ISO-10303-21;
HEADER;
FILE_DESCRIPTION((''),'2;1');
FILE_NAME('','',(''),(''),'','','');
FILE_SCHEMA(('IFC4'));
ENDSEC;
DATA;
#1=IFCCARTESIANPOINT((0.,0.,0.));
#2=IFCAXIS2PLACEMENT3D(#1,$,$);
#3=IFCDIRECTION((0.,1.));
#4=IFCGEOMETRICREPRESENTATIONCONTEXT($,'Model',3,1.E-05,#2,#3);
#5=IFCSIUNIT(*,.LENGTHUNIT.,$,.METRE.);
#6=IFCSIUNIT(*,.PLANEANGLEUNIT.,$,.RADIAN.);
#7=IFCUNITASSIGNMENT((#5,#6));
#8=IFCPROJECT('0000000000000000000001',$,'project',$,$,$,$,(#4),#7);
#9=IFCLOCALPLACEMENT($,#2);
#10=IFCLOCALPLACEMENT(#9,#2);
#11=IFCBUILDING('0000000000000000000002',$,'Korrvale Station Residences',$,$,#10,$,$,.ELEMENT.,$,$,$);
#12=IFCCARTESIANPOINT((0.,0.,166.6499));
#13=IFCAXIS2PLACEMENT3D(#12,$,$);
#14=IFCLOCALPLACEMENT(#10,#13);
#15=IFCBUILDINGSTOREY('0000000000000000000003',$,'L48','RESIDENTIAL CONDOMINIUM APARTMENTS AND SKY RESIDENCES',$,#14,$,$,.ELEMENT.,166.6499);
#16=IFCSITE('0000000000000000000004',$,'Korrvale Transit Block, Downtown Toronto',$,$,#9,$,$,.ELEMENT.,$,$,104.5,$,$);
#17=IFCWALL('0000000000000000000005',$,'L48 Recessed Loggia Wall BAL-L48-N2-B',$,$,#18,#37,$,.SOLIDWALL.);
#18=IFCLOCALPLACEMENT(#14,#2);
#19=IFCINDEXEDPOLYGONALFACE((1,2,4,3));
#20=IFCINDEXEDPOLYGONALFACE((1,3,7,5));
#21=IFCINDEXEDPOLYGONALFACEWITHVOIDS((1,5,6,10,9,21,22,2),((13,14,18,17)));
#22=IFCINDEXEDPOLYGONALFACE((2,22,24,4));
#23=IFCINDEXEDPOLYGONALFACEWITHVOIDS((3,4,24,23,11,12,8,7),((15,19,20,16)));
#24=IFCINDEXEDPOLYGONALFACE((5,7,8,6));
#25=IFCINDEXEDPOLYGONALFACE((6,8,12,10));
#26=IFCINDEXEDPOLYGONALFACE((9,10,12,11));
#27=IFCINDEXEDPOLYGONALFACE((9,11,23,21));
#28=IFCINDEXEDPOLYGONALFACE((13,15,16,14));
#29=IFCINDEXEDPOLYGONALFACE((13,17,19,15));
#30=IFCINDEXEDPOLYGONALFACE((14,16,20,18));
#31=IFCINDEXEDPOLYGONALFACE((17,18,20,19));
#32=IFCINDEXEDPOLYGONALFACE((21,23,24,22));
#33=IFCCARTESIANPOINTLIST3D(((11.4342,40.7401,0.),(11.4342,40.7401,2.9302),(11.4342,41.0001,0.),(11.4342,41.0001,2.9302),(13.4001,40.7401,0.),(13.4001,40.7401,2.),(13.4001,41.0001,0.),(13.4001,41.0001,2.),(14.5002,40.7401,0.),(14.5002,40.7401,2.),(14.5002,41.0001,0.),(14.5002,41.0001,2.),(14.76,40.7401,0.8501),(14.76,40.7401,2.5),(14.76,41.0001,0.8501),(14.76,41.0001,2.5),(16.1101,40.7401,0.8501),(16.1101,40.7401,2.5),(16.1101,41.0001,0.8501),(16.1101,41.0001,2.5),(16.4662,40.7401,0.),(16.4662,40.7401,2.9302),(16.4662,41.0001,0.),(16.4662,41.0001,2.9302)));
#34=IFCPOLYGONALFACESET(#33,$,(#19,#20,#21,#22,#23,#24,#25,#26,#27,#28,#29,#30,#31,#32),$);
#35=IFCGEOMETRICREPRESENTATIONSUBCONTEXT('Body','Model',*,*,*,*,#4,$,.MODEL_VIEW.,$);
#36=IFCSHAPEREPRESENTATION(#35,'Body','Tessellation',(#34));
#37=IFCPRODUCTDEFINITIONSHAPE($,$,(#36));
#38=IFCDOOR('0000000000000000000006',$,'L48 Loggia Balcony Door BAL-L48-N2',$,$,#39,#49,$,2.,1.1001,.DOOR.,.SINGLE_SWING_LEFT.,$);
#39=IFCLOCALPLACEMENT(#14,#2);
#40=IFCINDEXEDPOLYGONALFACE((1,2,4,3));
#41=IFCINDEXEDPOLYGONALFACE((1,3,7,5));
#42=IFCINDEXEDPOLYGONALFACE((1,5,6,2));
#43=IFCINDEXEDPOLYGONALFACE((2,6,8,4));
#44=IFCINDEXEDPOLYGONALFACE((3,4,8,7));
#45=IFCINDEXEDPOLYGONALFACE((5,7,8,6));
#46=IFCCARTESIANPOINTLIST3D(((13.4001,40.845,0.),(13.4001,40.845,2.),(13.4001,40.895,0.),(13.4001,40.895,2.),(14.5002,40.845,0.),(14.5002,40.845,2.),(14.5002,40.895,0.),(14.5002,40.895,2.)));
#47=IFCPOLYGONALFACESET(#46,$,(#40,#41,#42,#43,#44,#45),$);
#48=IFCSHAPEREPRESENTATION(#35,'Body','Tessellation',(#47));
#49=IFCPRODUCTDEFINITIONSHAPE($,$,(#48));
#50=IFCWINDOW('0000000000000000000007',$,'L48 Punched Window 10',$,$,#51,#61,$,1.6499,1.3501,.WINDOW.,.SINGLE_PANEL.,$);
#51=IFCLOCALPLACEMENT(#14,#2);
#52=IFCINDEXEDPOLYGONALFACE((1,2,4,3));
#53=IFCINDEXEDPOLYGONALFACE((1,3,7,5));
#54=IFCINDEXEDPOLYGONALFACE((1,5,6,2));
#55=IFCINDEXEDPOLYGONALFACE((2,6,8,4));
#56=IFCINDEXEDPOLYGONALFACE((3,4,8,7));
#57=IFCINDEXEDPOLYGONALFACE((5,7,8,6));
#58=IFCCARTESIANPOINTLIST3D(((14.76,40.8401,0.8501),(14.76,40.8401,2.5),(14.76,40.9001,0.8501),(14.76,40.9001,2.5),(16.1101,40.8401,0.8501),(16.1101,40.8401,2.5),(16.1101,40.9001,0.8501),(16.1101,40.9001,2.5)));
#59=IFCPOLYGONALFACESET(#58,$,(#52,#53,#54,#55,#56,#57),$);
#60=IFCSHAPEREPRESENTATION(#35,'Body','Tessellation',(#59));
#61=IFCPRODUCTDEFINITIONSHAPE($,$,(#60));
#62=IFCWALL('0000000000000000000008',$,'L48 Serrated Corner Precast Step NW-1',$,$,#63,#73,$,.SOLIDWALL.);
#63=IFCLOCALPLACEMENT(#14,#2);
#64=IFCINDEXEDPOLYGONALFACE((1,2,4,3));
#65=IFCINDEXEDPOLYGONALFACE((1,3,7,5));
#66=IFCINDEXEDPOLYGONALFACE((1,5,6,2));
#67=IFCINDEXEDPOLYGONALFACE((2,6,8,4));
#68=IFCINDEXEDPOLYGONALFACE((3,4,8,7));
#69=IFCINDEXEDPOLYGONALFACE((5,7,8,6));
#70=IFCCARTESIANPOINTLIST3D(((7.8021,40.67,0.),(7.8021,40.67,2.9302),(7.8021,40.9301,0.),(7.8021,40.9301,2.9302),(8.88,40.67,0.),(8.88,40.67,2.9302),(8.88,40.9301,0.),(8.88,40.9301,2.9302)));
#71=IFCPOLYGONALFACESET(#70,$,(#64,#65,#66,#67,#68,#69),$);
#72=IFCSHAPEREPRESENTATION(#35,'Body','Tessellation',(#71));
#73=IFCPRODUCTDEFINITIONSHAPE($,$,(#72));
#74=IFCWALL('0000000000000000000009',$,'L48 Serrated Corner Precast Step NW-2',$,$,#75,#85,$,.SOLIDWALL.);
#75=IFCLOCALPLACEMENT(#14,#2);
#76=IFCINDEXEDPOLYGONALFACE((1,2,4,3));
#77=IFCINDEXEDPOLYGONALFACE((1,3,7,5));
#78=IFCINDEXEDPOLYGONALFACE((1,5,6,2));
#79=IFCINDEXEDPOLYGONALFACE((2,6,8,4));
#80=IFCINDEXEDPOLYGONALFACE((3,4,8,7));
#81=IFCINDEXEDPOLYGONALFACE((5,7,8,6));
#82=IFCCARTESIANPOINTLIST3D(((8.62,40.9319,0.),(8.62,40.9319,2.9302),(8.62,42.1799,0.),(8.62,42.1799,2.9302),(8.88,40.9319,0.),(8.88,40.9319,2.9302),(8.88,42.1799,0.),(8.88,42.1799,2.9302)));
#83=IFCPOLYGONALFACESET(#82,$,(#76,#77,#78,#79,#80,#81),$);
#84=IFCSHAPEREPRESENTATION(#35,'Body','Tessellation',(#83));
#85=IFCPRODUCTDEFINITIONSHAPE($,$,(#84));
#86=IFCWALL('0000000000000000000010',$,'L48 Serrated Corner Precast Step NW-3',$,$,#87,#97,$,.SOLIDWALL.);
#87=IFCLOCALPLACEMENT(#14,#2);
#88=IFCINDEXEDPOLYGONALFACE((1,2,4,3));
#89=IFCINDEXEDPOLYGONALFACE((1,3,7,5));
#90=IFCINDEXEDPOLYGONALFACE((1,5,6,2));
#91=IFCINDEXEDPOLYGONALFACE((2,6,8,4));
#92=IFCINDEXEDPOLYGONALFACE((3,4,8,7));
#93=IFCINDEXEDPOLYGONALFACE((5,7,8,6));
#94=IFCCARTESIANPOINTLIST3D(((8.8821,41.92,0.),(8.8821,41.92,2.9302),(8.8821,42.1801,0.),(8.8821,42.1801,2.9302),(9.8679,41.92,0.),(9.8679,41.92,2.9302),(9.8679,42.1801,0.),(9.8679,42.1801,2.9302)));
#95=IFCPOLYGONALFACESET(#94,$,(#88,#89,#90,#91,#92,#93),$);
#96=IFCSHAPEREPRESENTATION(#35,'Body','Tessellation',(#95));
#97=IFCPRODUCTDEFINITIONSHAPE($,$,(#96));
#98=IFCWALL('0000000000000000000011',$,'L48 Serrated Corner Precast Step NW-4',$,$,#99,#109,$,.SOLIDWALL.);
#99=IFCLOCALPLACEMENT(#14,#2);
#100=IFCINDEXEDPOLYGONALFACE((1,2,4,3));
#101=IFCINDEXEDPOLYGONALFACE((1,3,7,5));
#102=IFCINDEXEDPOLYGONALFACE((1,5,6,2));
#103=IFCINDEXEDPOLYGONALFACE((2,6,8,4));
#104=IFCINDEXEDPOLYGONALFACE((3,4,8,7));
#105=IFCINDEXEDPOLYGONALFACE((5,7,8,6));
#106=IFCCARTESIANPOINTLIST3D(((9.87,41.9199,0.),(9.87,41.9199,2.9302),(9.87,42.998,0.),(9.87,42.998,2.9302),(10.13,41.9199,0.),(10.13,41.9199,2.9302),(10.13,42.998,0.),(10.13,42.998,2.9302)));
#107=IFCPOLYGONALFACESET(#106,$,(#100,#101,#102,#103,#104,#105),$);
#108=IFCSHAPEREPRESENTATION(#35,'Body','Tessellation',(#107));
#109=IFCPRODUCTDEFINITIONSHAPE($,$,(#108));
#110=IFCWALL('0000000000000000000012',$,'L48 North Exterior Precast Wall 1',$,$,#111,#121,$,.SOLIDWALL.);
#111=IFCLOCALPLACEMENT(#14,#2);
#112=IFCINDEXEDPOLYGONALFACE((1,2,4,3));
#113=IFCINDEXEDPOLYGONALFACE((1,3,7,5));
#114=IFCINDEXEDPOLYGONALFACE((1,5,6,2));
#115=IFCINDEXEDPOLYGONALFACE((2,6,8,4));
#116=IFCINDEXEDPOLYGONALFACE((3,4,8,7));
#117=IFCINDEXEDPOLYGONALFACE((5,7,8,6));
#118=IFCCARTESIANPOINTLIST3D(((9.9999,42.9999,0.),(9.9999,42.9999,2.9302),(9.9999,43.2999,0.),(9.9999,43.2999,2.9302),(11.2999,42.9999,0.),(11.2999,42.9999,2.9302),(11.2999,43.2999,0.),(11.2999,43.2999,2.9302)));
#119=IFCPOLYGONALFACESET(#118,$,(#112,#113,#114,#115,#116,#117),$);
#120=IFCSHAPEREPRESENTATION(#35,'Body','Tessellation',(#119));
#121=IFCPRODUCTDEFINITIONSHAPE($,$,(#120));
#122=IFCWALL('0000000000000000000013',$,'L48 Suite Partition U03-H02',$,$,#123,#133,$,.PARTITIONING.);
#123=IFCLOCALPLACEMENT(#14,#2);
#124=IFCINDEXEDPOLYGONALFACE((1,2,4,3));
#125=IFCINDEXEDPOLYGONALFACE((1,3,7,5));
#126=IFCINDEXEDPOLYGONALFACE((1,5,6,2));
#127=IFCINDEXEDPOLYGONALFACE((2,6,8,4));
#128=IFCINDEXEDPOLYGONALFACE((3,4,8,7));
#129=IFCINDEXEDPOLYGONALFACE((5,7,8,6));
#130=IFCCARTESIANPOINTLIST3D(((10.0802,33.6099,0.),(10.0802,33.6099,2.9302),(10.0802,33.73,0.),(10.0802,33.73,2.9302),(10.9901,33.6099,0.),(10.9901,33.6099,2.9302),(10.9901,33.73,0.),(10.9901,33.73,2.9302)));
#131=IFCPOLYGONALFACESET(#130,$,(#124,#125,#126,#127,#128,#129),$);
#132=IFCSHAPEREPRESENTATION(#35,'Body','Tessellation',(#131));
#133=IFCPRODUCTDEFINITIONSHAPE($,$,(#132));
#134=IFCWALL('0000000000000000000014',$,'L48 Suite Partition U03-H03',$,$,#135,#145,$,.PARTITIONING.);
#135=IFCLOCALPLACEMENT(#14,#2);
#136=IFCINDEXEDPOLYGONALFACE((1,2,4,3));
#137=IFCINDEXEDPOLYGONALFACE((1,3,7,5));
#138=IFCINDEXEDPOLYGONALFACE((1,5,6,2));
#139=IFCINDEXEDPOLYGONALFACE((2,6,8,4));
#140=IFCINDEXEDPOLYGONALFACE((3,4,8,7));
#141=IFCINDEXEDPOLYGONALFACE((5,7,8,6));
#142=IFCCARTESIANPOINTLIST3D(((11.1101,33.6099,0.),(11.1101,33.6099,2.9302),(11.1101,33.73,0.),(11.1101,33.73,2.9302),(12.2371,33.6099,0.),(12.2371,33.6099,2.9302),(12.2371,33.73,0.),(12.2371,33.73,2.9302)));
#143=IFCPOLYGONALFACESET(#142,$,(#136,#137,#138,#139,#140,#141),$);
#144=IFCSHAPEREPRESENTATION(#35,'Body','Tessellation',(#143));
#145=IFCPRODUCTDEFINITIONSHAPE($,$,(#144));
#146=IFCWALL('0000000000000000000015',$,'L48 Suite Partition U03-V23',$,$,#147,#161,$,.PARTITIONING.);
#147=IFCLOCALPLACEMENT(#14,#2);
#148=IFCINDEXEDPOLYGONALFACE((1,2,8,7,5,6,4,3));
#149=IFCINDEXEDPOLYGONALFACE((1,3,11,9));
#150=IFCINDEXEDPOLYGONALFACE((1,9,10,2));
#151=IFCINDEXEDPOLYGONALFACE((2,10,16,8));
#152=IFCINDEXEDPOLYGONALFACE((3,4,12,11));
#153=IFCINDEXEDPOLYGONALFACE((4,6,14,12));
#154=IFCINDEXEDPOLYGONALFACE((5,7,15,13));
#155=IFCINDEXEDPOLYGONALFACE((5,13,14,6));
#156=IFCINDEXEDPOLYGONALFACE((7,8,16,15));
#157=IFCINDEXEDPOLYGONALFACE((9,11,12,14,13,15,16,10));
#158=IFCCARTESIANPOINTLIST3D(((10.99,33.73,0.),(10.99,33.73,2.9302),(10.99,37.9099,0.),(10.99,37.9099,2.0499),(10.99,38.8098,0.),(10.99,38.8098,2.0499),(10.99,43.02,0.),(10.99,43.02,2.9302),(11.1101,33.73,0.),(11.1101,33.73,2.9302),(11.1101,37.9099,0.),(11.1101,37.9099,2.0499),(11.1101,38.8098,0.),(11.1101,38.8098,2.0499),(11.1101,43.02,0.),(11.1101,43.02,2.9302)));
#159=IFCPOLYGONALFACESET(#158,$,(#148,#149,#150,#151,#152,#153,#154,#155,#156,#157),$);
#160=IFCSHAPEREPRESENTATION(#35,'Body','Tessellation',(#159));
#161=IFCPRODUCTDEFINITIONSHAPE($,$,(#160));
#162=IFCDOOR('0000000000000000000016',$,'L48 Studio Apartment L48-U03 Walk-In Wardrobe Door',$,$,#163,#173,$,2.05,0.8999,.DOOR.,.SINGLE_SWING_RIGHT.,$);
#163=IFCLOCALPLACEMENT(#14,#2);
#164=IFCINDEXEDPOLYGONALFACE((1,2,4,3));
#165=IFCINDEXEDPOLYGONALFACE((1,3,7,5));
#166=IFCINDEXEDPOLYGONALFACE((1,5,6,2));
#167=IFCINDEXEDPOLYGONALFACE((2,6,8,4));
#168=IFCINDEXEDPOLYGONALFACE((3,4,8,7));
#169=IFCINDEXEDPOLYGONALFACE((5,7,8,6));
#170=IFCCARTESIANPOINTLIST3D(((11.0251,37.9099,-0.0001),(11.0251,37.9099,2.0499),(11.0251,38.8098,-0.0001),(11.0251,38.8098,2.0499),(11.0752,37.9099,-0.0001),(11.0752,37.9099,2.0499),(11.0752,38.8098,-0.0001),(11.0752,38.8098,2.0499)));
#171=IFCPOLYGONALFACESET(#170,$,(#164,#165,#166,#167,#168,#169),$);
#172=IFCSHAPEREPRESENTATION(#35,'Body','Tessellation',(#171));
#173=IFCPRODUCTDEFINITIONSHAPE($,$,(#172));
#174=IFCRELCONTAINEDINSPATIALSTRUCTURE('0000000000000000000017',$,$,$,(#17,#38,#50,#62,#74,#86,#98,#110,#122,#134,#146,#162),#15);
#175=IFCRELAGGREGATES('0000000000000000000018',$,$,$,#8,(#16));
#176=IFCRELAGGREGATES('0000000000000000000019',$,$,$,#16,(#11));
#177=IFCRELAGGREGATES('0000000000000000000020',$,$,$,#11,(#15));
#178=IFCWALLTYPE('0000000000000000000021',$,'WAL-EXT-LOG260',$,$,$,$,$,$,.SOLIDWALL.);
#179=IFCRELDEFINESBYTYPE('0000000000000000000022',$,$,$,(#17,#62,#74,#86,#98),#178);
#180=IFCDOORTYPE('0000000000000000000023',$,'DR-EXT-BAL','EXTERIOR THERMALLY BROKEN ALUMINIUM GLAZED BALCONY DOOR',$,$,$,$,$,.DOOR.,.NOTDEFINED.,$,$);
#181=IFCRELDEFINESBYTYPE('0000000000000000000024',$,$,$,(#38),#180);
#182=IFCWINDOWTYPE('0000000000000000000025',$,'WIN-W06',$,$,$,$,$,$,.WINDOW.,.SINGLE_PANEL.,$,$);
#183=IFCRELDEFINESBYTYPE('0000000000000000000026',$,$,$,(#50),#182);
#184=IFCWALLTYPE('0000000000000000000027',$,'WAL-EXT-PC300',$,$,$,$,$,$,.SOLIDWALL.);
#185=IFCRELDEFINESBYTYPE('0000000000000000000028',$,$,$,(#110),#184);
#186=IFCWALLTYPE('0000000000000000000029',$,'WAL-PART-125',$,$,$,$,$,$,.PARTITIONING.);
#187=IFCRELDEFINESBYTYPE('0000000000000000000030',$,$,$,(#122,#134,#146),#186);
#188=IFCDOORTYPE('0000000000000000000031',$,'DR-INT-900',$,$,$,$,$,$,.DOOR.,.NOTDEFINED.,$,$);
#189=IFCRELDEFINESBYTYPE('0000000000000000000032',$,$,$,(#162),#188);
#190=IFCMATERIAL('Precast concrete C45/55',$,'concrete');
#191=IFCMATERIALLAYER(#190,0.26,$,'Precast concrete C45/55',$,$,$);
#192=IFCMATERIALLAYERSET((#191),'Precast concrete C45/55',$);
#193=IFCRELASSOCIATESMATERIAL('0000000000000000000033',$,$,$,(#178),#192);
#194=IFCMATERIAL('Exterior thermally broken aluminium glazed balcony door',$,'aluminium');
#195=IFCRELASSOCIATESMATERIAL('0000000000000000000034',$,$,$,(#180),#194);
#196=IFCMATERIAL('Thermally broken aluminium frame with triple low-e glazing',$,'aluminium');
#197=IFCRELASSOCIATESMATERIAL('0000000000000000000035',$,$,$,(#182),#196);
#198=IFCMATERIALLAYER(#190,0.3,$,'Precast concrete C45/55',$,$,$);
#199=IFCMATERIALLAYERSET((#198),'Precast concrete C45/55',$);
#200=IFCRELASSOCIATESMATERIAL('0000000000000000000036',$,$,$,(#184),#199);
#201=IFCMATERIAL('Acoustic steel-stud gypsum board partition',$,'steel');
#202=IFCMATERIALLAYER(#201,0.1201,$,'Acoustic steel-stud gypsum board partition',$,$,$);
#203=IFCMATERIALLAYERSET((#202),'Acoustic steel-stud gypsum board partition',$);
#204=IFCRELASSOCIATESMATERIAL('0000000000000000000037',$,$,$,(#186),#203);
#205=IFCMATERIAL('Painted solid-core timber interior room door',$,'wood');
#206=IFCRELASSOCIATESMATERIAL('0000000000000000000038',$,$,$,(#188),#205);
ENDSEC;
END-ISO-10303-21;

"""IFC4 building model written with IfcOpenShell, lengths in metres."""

from ifc_helpers import new_model, si_unit, direction, frame, frame_2d, origin, place, context, subcontext, project, spatial, rectangle, extrude, material, layer, layer_set, type_object, element, fill, save


model = new_model("IFC4")

# Units and contexts
model_context = context("Model", 3, precision=1e-05, world=origin(), true_north=direction((0.0, 1.0)))
body_context = subcontext(model_context, "Body", "Model", "MODEL_VIEW")
ifc_project = project(units=[si_unit("LENGTHUNIT", "METRE"), si_unit("PLANEANGLEUNIT", "RADIAN")], contexts=[model_context])

# Site, building, storey
site_placement = place(None, origin())
site = spatial("IfcSite", under=ifc_project, at=site_placement, Name="Korrvale Transit Block, Downtown Toronto", CompositionType="ELEMENT", RefElevation=104.5)
building_placement = place(site_placement, origin())
building = spatial("IfcBuilding", under=site, at=building_placement, Name="Korrvale Station Residences", CompositionType="ELEMENT")
storey_placement = place(building_placement, frame((0.0, 0.0, 166.6499)))
storey = spatial("IfcBuildingStorey", under=building, at=storey_placement, Name="L48", Description="RESIDENTIAL CONDOMINIUM APARTMENTS AND SKY RESIDENCES", CompositionType="ELEMENT", Elevation=166.6499)

# Shared definitions
ifc_material_1 = material(Name="Precast concrete C45/55", Category="concrete")
ifc_layer_1 = layer(ifc_material_1, 0.26, Name="Precast concrete C45/55")
ifc_layer_set_1 = layer_set([ifc_layer_1], Name="Precast concrete C45/55")
wall_type_1 = type_object("IfcWallType", Name="WAL-EXT-LOG260", PredefinedType="SOLIDWALL", material=ifc_layer_set_1)

# Wall, openings, door, window
wall_1_placement = place(storey_placement, frame((11.4341, 40.8701, 0.0), z_axis=(0.0, 0.0, 1.0), x_axis=(1.0, 0.0, 0.0)))
wall_1 = element("IfcWall", 1, at=wall_1_placement, inside=storey, type_object=wall_type_1, Name="L48 Recessed Loggia Wall BAL-L48-N2-B", PredefinedType="SOLIDWALL", context=body_context, shape_type="SweptSolid", body=[
    extrude(rectangle(XDim=5.032, YDim=0.26, at=frame_2d((2.5161, 0.0))), origin(), (0.0, 0.0, 1.0), 2.9302),
])
opening_1_placement = place(wall_1_placement, frame((1.9661, 0.0, 0.0)))
opening_1 = element("IfcOpeningElement", 2, at=opening_1_placement, cuts=wall_1, PredefinedType="OPENING", context=body_context, shape_type="SweptSolid", body=[
    extrude(rectangle(XDim=1.1001, YDim=2.0, at=frame_2d((0.55, 1.0))), frame((0.0, 0.1401, 0.0), z_axis=(0.0, -1.0, 0.0), x_axis=(1.0, 0.0, 0.0)), (0.0, 0.0, 1.0), 0.28),
])
opening_2_placement = place(wall_1_placement, frame((3.3259, 0.0, 0.8501)))
opening_2 = element("IfcOpeningElement", 3, at=opening_2_placement, cuts=wall_1, PredefinedType="OPENING", context=body_context, shape_type="SweptSolid", body=[
    extrude(rectangle(XDim=1.3501, YDim=1.6499, at=frame_2d((0.675, 0.825))), frame((0.0, 0.1401, 0.0), z_axis=(0.0, -1.0, 0.0), x_axis=(1.0, 0.0, 0.0)), (0.0, 0.0, 1.0), 0.28),
])
ifc_material_2 = material(Name="Exterior thermally broken aluminium glazed balcony door", Category="aluminium")
door_type_1 = type_object("IfcDoorType", Name="DR-EXT-BAL", Description="EXTERIOR THERMALLY BROKEN ALUMINIUM GLAZED BALCONY DOOR", OperationType="NOTDEFINED", PredefinedType="DOOR", material=ifc_material_2)
door_1_placement = place(opening_1_placement, origin())
door_1 = element("IfcDoor", 4, at=door_1_placement, inside=storey, type_object=door_type_1, Name="L48 Loggia Balcony Door BAL-L48-N2", OperationType="SINGLE_SWING_LEFT", OverallHeight=2.0, OverallWidth=1.1001, PredefinedType="DOOR", context=body_context, shape_type="SweptSolid", body=[
    extrude(rectangle(XDim=1.1001, YDim=2.0, at=frame_2d((0.55, 1.0))), frame((0.0, 0.0249, 0.0), z_axis=(0.0, -1.0, 0.0), x_axis=(1.0, 0.0, 0.0)), (0.0, 0.0, 1.0), 0.05),
])
fill(opening_1, door_1)
ifc_material_3 = material(Name="Thermally broken aluminium frame with triple low-e glazing", Category="aluminium")
window_type = type_object("IfcWindowType", Name="WIN-W06", PartitioningType="SINGLE_PANEL", PredefinedType="WINDOW", material=ifc_material_3)
window_placement = place(opening_2_placement, origin())
window = element("IfcWindow", 5, at=window_placement, inside=storey, type_object=window_type, Name="L48 Punched Window 10", OverallHeight=1.6499, OverallWidth=1.3501, PartitioningType="SINGLE_PANEL", PredefinedType="WINDOW", context=body_context, shape_type="SweptSolid", body=[
    extrude(rectangle(XDim=1.3501, YDim=1.6499, at=frame_2d((0.675, 0.825))), frame((0.0, 0.03, 0.0), z_axis=(0.0, -1.0, 0.0), x_axis=(1.0, 0.0, 0.0)), (0.0, 0.0, 1.0), 0.0601),
])
fill(opening_2, window)

# Walls
wall_2_placement = place(storey_placement, frame((7.802, 40.8, 0.0), z_axis=(0.0, 0.0, 1.0), x_axis=(1.0, 0.0, 0.0)))
element("IfcWall", 6, at=wall_2_placement, inside=storey, type_object=wall_type_1, Name="L48 Serrated Corner Precast Step NW-1", PredefinedType="SOLIDWALL", context=body_context, shape_type="SweptSolid", body=[
    extrude(rectangle(XDim=1.0779, YDim=0.26, at=frame_2d((0.5391, 0.0))), origin(), (0.0, 0.0, 1.0), 2.9302),
])
wall_3_placement = place(storey_placement, frame((8.75, 40.9319, 0.0), z_axis=(0.0, 0.0, 1.0), x_axis=(0.0, 1.0, 0.0)))
element("IfcWall", 7, at=wall_3_placement, inside=storey, type_object=wall_type_1, Name="L48 Serrated Corner Precast Step NW-2", PredefinedType="SOLIDWALL", context=body_context, shape_type="SweptSolid", body=[
    extrude(rectangle(XDim=1.248, YDim=0.26, at=frame_2d((0.624, 0.0))), origin(), (0.0, 0.0, 1.0), 2.9302),
])
wall_4_placement = place(storey_placement, frame((8.8821, 42.05, 0.0), z_axis=(0.0, 0.0, 1.0), x_axis=(1.0, 0.0, 0.0)))
element("IfcWall", 8, at=wall_4_placement, inside=storey, type_object=wall_type_1, Name="L48 Serrated Corner Precast Step NW-3", PredefinedType="SOLIDWALL", context=body_context, shape_type="SweptSolid", body=[
    extrude(rectangle(XDim=0.9858, YDim=0.26, at=frame_2d((0.4929, 0.0))), origin(), (0.0, 0.0, 1.0), 2.9302),
])
wall_5_placement = place(storey_placement, frame((10.0, 41.9199, 0.0), z_axis=(0.0, 0.0, 1.0), x_axis=(0.0, 1.0, 0.0)))
element("IfcWall", 9, at=wall_5_placement, inside=storey, type_object=wall_type_1, Name="L48 Serrated Corner Precast Step NW-4", PredefinedType="SOLIDWALL", context=body_context, shape_type="SweptSolid", body=[
    extrude(rectangle(XDim=1.0781, YDim=0.26, at=frame_2d((0.5391, 0.0))), origin(), (0.0, 0.0, 1.0), 2.9302),
])
ifc_layer_2 = layer(ifc_material_1, 0.3, Name="Precast concrete C45/55")
ifc_layer_set_2 = layer_set([ifc_layer_2], Name="Precast concrete C45/55")
wall_type_2 = type_object("IfcWallType", Name="WAL-EXT-PC300", PredefinedType="SOLIDWALL", material=ifc_layer_set_2)
wall_6_placement = place(storey_placement, frame((10.0, 43.1499, 0.0), z_axis=(0.0, 0.0, 1.0), x_axis=(1.0, 0.0, 0.0)))
element("IfcWall", 10, at=wall_6_placement, inside=storey, type_object=wall_type_2, Name="L48 North Exterior Precast Wall 1", PredefinedType="SOLIDWALL", context=body_context, shape_type="SweptSolid", body=[
    extrude(rectangle(XDim=1.3, YDim=0.3, at=frame_2d((0.6499, 0.0))), origin(), (0.0, 0.0, 1.0), 2.9302),
])
ifc_material_4 = material(Name="Acoustic steel-stud gypsum board partition", Category="steel")
ifc_layer_3 = layer(ifc_material_4, 0.1201, Name="Acoustic steel-stud gypsum board partition")
ifc_layer_set_3 = layer_set([ifc_layer_3], Name="Acoustic steel-stud gypsum board partition")
wall_type_3 = type_object("IfcWallType", Name="WAL-PART-125", PredefinedType="PARTITIONING", material=ifc_layer_set_3)
wall_7_placement = place(storey_placement, frame((10.0801, 33.6699, 0.0), z_axis=(0.0, 0.0, 1.0), x_axis=(1.0, 0.0, 0.0)))
element("IfcWall", 11, at=wall_7_placement, inside=storey, type_object=wall_type_3, Name="L48 Suite Partition U03-H02", PredefinedType="PARTITIONING", context=body_context, shape_type="SweptSolid", body=[
    extrude(rectangle(XDim=0.9099, YDim=0.1201, at=frame_2d((0.4551, 0.0))), origin(), (0.0, 0.0, 1.0), 2.9302),
])
wall_8_placement = place(storey_placement, frame((11.1101, 33.6699, 0.0), z_axis=(0.0, 0.0, 1.0), x_axis=(1.0, 0.0, 0.0)))
element("IfcWall", 12, at=wall_8_placement, inside=storey, type_object=wall_type_3, Name="L48 Suite Partition U03-H03", PredefinedType="PARTITIONING", context=body_context, shape_type="SweptSolid", body=[
    extrude(rectangle(XDim=1.127, YDim=0.1201, at=frame_2d((0.5635, 0.0))), origin(), (0.0, 0.0, 1.0), 2.9302),
])

# Wall, opening, door
wall_9_placement = place(storey_placement, frame((11.05, 33.73, 0.0), z_axis=(0.0, 0.0, 1.0), x_axis=(0.0, 1.0, 0.0)))
wall_9 = element("IfcWall", 13, at=wall_9_placement, inside=storey, type_object=wall_type_3, Name="L48 Suite Partition U03-V23", PredefinedType="PARTITIONING", context=body_context, shape_type="SweptSolid", body=[
    extrude(rectangle(XDim=9.29, YDim=0.1201, at=frame_2d((4.645, 0.0))), origin(), (0.0, 0.0, 1.0), 2.9302),
])
opening_3_placement = place(wall_9_placement, frame((4.1799, 0.0, 0.0)))
opening_3 = element("IfcOpeningElement", 14, at=opening_3_placement, cuts=wall_9, PredefinedType="OPENING", context=body_context, shape_type="SweptSolid", body=[
    extrude(rectangle(XDim=0.8999, YDim=2.05, at=frame_2d((0.45, 1.0249))), frame((0.0, 0.0701, 0.0), z_axis=(0.0, -1.0, 0.0), x_axis=(1.0, 0.0, 0.0)), (0.0, 0.0, 1.0), 0.1401),
])
ifc_material_5 = material(Name="Painted solid-core timber interior room door", Category="wood")
door_type_2 = type_object("IfcDoorType", Name="DR-INT-900", OperationType="NOTDEFINED", PredefinedType="DOOR", material=ifc_material_5)
door_2_placement = place(opening_3_placement, origin())
door_2 = element("IfcDoor", 15, at=door_2_placement, inside=storey, type_object=door_type_2, Name="L48 Studio Apartment L48-U03 Walk-In Wardrobe Door", OperationType="SINGLE_SWING_RIGHT", OverallHeight=2.05, OverallWidth=0.8999, PredefinedType="DOOR", context=body_context, shape_type="SweptSolid", body=[
    extrude(rectangle(XDim=0.8999, YDim=2.05, at=frame_2d((0.45, 1.0249))), frame((0.0, 0.0249, 0.0), z_axis=(0.0, -1.0, 0.0), x_axis=(1.0, 0.0, 0.0)), (0.0, 0.0, 1.0), 0.05),
])
fill(opening_3, door_2)

save(model, "model.ifc")
